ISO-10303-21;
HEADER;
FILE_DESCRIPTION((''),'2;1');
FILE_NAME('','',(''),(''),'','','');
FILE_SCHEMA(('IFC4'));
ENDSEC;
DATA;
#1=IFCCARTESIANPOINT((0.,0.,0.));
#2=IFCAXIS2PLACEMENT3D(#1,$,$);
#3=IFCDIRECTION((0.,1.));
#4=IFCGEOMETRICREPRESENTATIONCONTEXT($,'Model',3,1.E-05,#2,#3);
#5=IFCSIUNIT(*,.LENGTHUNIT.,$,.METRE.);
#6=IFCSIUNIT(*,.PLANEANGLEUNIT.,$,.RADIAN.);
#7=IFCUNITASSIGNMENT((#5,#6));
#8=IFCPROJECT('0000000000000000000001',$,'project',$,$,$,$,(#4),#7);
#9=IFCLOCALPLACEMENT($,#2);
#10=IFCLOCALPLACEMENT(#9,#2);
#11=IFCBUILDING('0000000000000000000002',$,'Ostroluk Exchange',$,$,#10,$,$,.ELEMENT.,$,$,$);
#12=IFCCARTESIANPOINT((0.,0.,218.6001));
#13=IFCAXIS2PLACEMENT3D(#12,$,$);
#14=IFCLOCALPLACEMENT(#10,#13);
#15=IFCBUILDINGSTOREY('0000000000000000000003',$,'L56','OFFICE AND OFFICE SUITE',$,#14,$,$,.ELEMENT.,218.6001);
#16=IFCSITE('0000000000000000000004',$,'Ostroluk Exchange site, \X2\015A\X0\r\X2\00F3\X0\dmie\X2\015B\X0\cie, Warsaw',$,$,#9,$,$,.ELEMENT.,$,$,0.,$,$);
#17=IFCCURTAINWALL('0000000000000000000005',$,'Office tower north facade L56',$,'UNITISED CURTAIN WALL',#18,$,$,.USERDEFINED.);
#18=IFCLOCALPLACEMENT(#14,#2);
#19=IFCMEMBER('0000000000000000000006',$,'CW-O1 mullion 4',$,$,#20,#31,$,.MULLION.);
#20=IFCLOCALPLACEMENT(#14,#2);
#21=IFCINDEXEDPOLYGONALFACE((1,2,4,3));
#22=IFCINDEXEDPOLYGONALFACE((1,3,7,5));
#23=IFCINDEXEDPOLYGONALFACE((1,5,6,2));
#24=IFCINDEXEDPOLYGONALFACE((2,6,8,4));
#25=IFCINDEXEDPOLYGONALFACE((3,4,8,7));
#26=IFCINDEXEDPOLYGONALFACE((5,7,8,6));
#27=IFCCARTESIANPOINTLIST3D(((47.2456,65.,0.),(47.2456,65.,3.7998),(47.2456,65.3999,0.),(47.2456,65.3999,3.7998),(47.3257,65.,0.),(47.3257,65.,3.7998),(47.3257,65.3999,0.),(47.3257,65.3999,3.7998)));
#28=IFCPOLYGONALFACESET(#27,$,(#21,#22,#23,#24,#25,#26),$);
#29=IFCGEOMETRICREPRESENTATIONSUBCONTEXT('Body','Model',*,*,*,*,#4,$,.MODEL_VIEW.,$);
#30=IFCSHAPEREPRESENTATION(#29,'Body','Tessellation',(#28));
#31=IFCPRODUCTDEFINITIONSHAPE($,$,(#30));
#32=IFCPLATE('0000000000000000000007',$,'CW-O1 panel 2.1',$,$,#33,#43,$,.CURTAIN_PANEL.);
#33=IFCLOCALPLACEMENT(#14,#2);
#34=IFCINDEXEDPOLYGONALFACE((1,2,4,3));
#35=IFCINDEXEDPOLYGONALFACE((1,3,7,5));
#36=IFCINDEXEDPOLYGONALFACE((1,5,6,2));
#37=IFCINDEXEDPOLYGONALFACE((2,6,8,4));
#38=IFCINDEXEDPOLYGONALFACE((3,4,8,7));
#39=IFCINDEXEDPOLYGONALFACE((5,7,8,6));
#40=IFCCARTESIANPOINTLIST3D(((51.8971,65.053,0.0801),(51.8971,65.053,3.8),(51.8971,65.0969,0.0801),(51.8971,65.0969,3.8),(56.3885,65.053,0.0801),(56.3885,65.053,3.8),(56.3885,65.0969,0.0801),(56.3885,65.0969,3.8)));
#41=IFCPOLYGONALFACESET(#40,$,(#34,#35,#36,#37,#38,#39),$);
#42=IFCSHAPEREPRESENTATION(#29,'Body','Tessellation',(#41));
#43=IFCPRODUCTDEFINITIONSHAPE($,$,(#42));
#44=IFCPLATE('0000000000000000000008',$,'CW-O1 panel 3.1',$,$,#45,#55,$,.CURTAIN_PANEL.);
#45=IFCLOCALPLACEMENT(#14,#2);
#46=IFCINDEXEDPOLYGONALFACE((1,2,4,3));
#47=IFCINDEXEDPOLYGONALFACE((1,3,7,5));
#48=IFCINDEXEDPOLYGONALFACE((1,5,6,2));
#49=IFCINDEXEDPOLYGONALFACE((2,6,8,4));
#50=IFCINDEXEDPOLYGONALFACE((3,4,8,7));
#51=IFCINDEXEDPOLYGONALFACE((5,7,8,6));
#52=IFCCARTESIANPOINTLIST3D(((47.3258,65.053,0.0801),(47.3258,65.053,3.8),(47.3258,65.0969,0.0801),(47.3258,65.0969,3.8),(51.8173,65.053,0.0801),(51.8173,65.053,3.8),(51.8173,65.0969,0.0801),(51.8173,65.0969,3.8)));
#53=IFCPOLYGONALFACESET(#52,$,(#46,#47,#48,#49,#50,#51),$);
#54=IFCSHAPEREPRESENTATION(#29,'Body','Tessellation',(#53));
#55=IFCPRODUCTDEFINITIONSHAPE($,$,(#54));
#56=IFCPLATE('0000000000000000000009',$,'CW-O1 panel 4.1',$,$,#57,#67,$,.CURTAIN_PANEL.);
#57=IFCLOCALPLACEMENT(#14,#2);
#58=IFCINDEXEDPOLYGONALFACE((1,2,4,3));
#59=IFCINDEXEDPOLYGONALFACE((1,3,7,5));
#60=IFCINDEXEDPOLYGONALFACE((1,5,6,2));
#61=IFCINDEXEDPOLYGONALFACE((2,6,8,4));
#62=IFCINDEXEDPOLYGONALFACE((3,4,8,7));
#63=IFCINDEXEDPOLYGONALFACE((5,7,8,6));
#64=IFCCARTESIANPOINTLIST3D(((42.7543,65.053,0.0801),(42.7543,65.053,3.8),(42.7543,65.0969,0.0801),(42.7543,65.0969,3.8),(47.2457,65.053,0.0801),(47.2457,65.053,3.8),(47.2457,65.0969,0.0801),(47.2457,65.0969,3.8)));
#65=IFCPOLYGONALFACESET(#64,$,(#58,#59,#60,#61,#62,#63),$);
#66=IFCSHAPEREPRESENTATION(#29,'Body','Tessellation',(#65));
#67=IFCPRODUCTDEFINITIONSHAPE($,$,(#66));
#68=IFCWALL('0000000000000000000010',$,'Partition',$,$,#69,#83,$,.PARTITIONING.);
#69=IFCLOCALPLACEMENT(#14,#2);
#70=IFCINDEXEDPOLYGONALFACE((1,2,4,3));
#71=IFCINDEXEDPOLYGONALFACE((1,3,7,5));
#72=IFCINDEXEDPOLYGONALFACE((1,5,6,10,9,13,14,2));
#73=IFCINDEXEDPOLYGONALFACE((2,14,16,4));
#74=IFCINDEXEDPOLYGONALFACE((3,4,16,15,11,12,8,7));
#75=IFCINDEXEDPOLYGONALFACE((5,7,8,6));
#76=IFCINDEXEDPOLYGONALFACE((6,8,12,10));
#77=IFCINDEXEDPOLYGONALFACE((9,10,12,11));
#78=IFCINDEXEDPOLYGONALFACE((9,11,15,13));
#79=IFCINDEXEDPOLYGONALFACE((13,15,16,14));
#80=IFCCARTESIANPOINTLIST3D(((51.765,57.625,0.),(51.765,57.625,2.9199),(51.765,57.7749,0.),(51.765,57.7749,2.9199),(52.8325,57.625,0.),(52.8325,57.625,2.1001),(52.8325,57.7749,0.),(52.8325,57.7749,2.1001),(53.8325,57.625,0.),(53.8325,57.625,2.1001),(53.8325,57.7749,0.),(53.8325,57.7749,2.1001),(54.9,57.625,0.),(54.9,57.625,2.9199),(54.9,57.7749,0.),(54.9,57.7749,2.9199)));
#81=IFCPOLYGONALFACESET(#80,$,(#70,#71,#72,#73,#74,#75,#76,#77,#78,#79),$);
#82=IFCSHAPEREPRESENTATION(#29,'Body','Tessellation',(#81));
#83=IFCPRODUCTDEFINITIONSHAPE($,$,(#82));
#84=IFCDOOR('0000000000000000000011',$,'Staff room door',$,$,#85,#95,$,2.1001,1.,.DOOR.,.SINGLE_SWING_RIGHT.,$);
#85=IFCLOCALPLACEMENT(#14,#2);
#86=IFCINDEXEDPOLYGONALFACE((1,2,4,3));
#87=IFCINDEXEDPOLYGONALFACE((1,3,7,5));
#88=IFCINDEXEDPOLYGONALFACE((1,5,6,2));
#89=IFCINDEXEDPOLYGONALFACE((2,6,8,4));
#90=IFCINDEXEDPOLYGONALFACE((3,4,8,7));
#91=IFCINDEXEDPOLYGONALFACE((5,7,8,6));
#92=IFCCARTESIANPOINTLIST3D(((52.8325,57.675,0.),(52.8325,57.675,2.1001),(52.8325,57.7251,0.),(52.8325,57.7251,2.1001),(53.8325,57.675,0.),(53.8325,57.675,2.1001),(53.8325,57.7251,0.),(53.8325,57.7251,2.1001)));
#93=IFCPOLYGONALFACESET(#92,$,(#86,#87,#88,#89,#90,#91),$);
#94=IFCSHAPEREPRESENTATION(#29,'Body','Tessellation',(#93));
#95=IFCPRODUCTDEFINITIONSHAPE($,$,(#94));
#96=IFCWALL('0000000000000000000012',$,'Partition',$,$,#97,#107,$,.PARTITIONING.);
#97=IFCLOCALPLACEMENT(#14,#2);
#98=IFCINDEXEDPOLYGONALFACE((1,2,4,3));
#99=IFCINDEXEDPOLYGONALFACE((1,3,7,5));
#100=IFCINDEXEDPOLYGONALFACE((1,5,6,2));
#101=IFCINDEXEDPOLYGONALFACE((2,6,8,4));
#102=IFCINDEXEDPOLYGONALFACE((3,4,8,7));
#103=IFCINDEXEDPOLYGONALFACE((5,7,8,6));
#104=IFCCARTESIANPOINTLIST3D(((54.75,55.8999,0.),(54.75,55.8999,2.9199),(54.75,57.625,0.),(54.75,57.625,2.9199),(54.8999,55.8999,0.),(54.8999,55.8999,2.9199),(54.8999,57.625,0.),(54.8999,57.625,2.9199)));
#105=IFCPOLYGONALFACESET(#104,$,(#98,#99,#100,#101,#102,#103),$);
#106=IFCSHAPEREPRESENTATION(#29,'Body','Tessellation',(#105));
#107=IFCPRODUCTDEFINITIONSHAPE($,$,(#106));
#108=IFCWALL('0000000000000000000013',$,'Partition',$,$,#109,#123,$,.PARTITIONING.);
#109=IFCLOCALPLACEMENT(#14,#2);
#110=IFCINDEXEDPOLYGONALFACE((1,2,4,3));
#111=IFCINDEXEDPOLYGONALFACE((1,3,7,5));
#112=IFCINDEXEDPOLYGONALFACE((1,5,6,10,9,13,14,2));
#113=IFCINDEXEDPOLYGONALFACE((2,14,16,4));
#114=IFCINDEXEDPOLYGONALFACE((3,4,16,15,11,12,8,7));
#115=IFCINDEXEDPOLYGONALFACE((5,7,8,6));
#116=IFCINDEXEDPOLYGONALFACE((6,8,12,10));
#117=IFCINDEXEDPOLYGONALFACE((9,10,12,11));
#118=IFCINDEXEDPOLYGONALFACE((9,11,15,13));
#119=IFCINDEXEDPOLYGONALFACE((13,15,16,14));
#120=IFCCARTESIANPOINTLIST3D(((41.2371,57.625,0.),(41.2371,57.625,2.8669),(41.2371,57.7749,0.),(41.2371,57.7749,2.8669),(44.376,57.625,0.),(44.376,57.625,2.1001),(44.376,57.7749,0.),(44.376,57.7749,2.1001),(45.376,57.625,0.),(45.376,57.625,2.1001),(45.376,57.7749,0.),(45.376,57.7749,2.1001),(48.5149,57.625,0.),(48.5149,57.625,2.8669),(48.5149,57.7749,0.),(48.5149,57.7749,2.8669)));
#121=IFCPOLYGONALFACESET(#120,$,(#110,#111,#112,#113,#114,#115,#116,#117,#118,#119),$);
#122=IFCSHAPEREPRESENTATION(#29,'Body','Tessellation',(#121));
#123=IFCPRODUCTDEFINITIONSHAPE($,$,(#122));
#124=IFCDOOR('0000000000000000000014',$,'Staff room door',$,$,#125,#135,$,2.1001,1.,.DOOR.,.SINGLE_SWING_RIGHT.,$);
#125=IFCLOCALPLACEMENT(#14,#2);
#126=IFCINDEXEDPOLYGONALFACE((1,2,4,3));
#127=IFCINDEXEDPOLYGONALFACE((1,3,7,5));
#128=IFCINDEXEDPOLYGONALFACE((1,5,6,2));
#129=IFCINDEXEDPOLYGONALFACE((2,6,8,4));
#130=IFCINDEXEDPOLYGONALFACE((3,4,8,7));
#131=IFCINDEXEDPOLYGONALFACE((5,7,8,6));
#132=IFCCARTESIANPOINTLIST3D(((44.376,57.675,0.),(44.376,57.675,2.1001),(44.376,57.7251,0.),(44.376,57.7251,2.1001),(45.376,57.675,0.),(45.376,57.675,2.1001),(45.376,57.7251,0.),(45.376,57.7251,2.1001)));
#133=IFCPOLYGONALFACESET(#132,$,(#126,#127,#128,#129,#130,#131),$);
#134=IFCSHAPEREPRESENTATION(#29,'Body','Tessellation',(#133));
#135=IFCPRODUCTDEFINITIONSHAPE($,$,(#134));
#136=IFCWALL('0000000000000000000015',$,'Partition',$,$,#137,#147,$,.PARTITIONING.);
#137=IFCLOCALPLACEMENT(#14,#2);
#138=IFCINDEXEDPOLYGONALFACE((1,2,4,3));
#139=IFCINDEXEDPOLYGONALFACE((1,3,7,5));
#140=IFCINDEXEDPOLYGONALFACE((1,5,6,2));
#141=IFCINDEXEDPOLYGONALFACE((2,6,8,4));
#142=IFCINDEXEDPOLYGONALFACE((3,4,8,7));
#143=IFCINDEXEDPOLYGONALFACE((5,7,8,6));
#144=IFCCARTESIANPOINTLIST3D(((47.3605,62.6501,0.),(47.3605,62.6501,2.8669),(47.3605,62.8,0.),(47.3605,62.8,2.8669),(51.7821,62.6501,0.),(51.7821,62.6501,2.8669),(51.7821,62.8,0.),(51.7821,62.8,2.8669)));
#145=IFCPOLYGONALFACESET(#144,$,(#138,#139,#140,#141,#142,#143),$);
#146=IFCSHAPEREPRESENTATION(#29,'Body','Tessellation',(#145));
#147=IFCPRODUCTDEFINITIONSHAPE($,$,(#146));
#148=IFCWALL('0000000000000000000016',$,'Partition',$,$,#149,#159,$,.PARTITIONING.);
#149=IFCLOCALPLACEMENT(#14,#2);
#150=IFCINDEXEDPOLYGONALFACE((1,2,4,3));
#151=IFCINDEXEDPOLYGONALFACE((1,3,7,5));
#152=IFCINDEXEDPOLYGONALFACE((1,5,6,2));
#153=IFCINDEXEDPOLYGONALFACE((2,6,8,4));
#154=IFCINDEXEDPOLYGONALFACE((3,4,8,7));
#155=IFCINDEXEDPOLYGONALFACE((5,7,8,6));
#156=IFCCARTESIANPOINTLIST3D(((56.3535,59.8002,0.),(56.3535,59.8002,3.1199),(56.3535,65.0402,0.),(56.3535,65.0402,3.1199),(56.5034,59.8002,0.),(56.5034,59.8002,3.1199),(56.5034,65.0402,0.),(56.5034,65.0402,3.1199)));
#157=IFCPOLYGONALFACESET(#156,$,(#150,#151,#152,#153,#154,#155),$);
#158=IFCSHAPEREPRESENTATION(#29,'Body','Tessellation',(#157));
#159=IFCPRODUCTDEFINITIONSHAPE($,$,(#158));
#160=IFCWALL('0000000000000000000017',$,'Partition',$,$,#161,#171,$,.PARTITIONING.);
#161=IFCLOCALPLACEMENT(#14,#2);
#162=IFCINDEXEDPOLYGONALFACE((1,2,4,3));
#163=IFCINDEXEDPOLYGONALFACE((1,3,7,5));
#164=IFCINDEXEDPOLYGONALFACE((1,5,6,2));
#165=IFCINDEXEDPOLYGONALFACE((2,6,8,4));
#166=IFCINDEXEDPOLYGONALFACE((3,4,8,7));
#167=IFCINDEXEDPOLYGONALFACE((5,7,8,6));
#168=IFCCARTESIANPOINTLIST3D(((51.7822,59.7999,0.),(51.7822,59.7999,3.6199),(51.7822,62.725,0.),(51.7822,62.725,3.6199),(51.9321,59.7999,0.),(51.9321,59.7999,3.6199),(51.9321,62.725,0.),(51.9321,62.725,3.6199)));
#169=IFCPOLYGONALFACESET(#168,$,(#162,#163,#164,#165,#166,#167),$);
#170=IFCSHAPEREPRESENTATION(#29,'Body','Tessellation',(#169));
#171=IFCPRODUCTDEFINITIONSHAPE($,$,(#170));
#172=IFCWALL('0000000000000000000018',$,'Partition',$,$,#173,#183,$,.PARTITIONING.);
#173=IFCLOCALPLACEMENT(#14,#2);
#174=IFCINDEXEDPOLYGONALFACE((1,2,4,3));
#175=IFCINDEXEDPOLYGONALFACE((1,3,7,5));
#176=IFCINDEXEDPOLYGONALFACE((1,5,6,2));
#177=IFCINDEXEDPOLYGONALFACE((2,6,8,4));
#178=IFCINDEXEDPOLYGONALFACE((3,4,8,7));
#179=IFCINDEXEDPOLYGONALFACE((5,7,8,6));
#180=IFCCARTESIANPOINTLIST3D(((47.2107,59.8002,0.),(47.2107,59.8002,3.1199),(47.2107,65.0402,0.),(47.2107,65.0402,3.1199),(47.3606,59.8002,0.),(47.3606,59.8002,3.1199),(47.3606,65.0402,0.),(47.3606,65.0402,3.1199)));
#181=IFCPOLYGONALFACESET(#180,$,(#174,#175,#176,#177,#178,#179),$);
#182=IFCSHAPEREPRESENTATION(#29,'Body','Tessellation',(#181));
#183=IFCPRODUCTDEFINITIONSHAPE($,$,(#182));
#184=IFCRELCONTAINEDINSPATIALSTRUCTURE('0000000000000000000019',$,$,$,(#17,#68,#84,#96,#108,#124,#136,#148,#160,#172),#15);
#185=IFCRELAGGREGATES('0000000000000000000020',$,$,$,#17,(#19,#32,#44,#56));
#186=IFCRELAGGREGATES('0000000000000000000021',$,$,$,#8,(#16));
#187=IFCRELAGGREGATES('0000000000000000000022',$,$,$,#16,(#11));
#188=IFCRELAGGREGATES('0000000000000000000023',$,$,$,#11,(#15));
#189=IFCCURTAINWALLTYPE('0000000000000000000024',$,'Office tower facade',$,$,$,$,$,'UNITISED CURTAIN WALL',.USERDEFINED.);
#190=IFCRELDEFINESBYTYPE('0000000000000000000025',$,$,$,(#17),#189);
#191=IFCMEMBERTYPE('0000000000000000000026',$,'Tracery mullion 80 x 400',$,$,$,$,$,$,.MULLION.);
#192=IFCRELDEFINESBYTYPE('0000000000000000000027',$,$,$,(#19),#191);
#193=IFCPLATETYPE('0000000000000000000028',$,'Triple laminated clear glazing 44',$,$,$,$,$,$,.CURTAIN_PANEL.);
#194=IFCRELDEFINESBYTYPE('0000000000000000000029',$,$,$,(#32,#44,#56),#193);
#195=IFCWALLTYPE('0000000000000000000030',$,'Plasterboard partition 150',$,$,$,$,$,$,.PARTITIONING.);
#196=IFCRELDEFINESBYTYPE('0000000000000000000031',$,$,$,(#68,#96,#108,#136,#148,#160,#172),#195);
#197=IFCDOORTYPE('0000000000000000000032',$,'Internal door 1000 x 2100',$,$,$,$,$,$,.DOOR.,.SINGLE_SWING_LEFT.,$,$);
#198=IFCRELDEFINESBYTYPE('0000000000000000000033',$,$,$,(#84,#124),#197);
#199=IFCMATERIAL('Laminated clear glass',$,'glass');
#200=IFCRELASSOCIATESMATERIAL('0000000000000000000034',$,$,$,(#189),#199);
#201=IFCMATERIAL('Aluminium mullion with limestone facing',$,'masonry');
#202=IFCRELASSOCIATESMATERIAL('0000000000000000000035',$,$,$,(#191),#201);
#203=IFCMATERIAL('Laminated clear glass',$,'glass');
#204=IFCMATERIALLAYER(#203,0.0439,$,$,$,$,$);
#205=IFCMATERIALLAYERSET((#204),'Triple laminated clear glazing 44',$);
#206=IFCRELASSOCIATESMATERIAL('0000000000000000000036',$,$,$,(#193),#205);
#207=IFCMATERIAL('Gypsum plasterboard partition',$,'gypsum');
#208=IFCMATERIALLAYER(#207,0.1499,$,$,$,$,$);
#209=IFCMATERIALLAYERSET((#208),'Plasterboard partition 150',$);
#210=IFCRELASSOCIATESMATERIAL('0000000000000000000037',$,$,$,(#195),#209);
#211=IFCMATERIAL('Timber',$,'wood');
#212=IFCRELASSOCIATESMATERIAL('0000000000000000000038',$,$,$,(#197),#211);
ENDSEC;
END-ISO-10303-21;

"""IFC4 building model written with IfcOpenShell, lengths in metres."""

from ifc_helpers import new_model, si_unit, direction, frame, frame_2d, origin, origin_2d, place, context, subcontext, project, spatial, rectangle, extrude, material, layer, layer_set, material_profile, profile_set, type_object, element, fill, aggregate, save


model = new_model("IFC4")

# Units and contexts
model_context = context("Model", 3, precision=1e-05, world=origin(), true_north=direction((0.0, 1.0)))
body_context = subcontext(model_context, "Body", "Model", "MODEL_VIEW")
ifc_project = project(units=[si_unit("LENGTHUNIT", "METRE"), si_unit("PLANEANGLEUNIT", "RADIAN")], contexts=[model_context])

# Site, building, storey
site_placement = place(None, origin())
site = spatial("IfcSite", under=ifc_project, at=site_placement, Name="Ostroluk Exchange site, Śródmieście, Warsaw", CompositionType="ELEMENT", RefElevation=0.0)
building_placement = place(site_placement, origin())
building = spatial("IfcBuilding", under=site, at=building_placement, Name="Ostroluk Exchange", CompositionType="ELEMENT")
storey_placement = place(building_placement, frame((0.0, 0.0, 218.6001)))
storey = spatial("IfcBuildingStorey", under=building, at=storey_placement, Name="L56", Description="OFFICE AND OFFICE SUITE", CompositionType="ELEMENT", Elevation=218.6001)

# Curtain wall, member, plates
ifc_material_1 = material(Name="Laminated clear glass", Category="glass")
curtain_wall_type = type_object("IfcCurtainWallType", Name="Office tower facade", ElementType="UNITISED CURTAIN WALL", PredefinedType="USERDEFINED", material=ifc_material_1)
curtain_wall_placement = place(storey_placement, origin())
curtain_wall = element("IfcCurtainWall", 1, at=curtain_wall_placement, inside=storey, type_object=curtain_wall_type, Name="Office tower north facade L56", ObjectType="UNITISED CURTAIN WALL", PredefinedType="USERDEFINED")
ifc_material_2 = material(Name="Aluminium mullion with limestone facing", Category="masonry")
ifc_material_profile_1 = material_profile(ifc_material_2, rectangle(XDim=0.3999, YDim=0.0801, at=origin_2d()), Name="Tracery mullion 80 x 400")
ifc_profile_set_1 = profile_set([ifc_material_profile_1], Name="Aluminium mullion with limestone facing")
member_type_1 = type_object("IfcMemberType", Name="Tracery mullion 80 x 400", PredefinedType="MULLION", material=ifc_profile_set_1)
member_1_placement = place(storey_placement, frame((47.2856, 65.2, 0.0), z_axis=(0.0, 0.0, 1.0), x_axis=(0.0, -1.0, 0.0)))
member_1 = element("IfcMember", 2, at=member_1_placement, type_object=member_type_1, Name="CW-O1 mullion 4", PredefinedType="MULLION", context=body_context, shape_type="SweptSolid", body=[
    extrude(rectangle(XDim=0.3999, YDim=0.0801, at=origin_2d()), origin(), (0.0, 0.0, 1.0), 3.7998),
])
ifc_material_3 = material(Name="Laminated clear glass", Category="glass")
ifc_layer_1 = layer(ifc_material_3, 0.0439)
ifc_layer_set_1 = layer_set([ifc_layer_1], Name="Triple laminated clear glazing 44")
plate_type = type_object("IfcPlateType", Name="Triple laminated clear glazing 44", PredefinedType="CURTAIN_PANEL", material=ifc_layer_set_1)
plate_1_placement = place(storey_placement, frame((54.1428, 65.075, 0.0801), z_axis=(0.0, 0.0, 1.0), x_axis=(-1.0, 0.0, 0.0)))
plate_1 = element("IfcPlate", 3, at=plate_1_placement, type_object=plate_type, Name="CW-O1 panel 2.1", PredefinedType="CURTAIN_PANEL", context=body_context, shape_type="SweptSolid", body=[
    extrude(rectangle(XDim=4.4915, YDim=0.0439, at=origin_2d()), origin(), (0.0, 0.0, 1.0), 3.72),
])
plate_2_placement = place(storey_placement, frame((49.5715, 65.075, 0.0801), z_axis=(0.0, 0.0, 1.0), x_axis=(-1.0, 0.0, 0.0)))
plate_2 = element("IfcPlate", 4, at=plate_2_placement, type_object=plate_type, Name="CW-O1 panel 3.1", PredefinedType="CURTAIN_PANEL", context=body_context, shape_type="SweptSolid", body=[
    extrude(rectangle(XDim=4.4915, YDim=0.0439, at=origin_2d()), origin(), (0.0, 0.0, 1.0), 3.72),
])
plate_3_placement = place(storey_placement, frame((45.0, 65.075, 0.0801), z_axis=(0.0, 0.0, 1.0), x_axis=(-1.0, 0.0, 0.0)))
plate_3 = element("IfcPlate", 5, at=plate_3_placement, type_object=plate_type, Name="CW-O1 panel 4.1", PredefinedType="CURTAIN_PANEL", context=body_context, shape_type="SweptSolid", body=[
    extrude(rectangle(XDim=4.4915, YDim=0.0439, at=origin_2d()), origin(), (0.0, 0.0, 1.0), 3.72),
])
aggregate(curtain_wall, [member_1, plate_1, plate_2, plate_3])

# Wall, opening, door
ifc_material_4 = material(Name="Gypsum plasterboard partition", Category="gypsum")
ifc_layer_2 = layer(ifc_material_4, 0.1499)
ifc_layer_set_2 = layer_set([ifc_layer_2], Name="Plasterboard partition 150")
wall_type = type_object("IfcWallType", Name="Plasterboard partition 150", PredefinedType="PARTITIONING", material=ifc_layer_set_2)
wall_1_placement = place(storey_placement, frame((54.8999, 57.7, 0.0), z_axis=(0.0, 0.0, 1.0), x_axis=(-1.0, 0.0, 0.0)))
wall_1 = element("IfcWall", 6, at=wall_1_placement, inside=storey, type_object=wall_type, Name="Partition", PredefinedType="PARTITIONING", context=body_context, shape_type="SweptSolid", body=[
    extrude(rectangle(XDim=3.135, YDim=0.1499, at=frame_2d((1.5674, 0.0))), origin(), (0.0, 0.0, 1.0), 2.9199),
])
opening_1_placement = place(wall_1_placement, frame((1.0674, 0.0, 0.0)))
opening_1 = element("IfcOpeningElement", 7, at=opening_1_placement, cuts=wall_1, PredefinedType="OPENING", context=body_context, shape_type="SweptSolid", body=[
    extrude(rectangle(XDim=1.0, YDim=2.1001, at=frame_2d((0.5, 1.05))), frame((0.0, 0.085, 0.0), z_axis=(0.0, -1.0, 0.0), x_axis=(1.0, 0.0, 0.0)), (0.0, 0.0, 1.0), 0.1699),
])
ifc_material_5 = material(Name="Timber", Category="wood")
door_type = type_object("IfcDoorType", Name="Internal door 1000 x 2100", OperationType="SINGLE_SWING_LEFT", PredefinedType="DOOR", material=ifc_material_5)
door_1_placement = place(opening_1_placement, origin())
door_1 = element("IfcDoor", 8, at=door_1_placement, inside=storey, type_object=door_type, Name="Staff room door", OperationType="SINGLE_SWING_RIGHT", OverallHeight=2.1001, OverallWidth=1.0, PredefinedType="DOOR", context=body_context, shape_type="SweptSolid", body=[
    extrude(rectangle(XDim=1.0, YDim=2.1001, at=frame_2d((0.5, 1.05))), frame((0.0, 0.0249, 0.0), z_axis=(0.0, -1.0, 0.0), x_axis=(1.0, 0.0, 0.0)), (0.0, 0.0, 1.0), 0.05),
])
fill(opening_1, door_1)

# Wall
wall_2_placement = place(storey_placement, frame((54.825, 55.8999, 0.0), z_axis=(0.0, 0.0, 1.0), x_axis=(0.0, 1.0, 0.0)))
element("IfcWall", 9, at=wall_2_placement, inside=storey, type_object=wall_type, Name="Partition", PredefinedType="PARTITIONING", context=body_context, shape_type="SweptSolid", body=[
    extrude(rectangle(XDim=1.7251, YDim=0.1499, at=frame_2d((0.8625, 0.0))), origin(), (0.0, 0.0, 1.0), 2.9199),
])

# Wall, opening, door
wall_3_placement = place(storey_placement, frame((48.5149, 57.7, 0.0), z_axis=(0.0, 0.0, 1.0), x_axis=(-1.0, 0.0, 0.0)))
wall_3 = element("IfcWall", 10, at=wall_3_placement, inside=storey, type_object=wall_type, Name="Partition", PredefinedType="PARTITIONING", context=body_context, shape_type="SweptSolid", body=[
    extrude(rectangle(XDim=7.2778, YDim=0.1499, at=frame_2d((3.6389, 0.0))), origin(), (0.0, 0.0, 1.0), 2.8669),
])
opening_2_placement = place(wall_3_placement, frame((3.1389, 0.0, 0.0)))
opening_2 = element("IfcOpeningElement", 11, at=opening_2_placement, cuts=wall_3, PredefinedType="OPENING", context=body_context, shape_type="SweptSolid", body=[
    extrude(rectangle(XDim=1.0, YDim=2.1001, at=frame_2d((0.5, 1.05))), frame((0.0, 0.085, 0.0), z_axis=(0.0, -1.0, 0.0), x_axis=(1.0, 0.0, 0.0)), (0.0, 0.0, 1.0), 0.1699),
])
door_2_placement = place(opening_2_placement, origin())
door_2 = element("IfcDoor", 12, at=door_2_placement, inside=storey, type_object=door_type, Name="Staff room door", OperationType="SINGLE_SWING_RIGHT", OverallHeight=2.1001, OverallWidth=1.0, PredefinedType="DOOR", context=body_context, shape_type="SweptSolid", body=[
    extrude(rectangle(XDim=1.0, YDim=2.1001, at=frame_2d((0.5, 1.05))), frame((0.0, 0.0249, 0.0), z_axis=(0.0, -1.0, 0.0), x_axis=(1.0, 0.0, 0.0)), (0.0, 0.0, 1.0), 0.05),
])
fill(opening_2, door_2)

# Walls
wall_4_placement = place(storey_placement, frame((51.7822, 62.7251, 0.0), z_axis=(0.0, 0.0, 1.0), x_axis=(-1.0, 0.0, 0.0)))
element("IfcWall", 13, at=wall_4_placement, inside=storey, type_object=wall_type, Name="Partition", PredefinedType="PARTITIONING", context=body_context, shape_type="SweptSolid", body=[
    extrude(rectangle(XDim=4.4216, YDim=0.1499, at=frame_2d((2.2109, 0.0))), origin(), (0.0, 0.0, 1.0), 2.8669),
])
wall_5_placement = place(storey_placement, frame((56.4285, 59.8, 0.0), z_axis=(0.0, 0.0, 1.0), x_axis=(0.0, 1.0, 0.0)))
element("IfcWall", 14, at=wall_5_placement, inside=storey, type_object=wall_type, Name="Partition", PredefinedType="PARTITIONING", context=body_context, shape_type="SweptSolid", body=[
    extrude(rectangle(XDim=5.24, YDim=0.1499, at=frame_2d((2.6201, 0.0))), origin(), (0.0, 0.0, 1.0), 3.1199),
])
wall_6_placement = place(storey_placement, frame((51.8572, 59.8, 0.0), z_axis=(0.0, 0.0, 1.0), x_axis=(0.0, 1.0, 0.0)))
element("IfcWall", 15, at=wall_6_placement, inside=storey, type_object=wall_type, Name="Partition", PredefinedType="PARTITIONING", context=body_context, shape_type="SweptSolid", body=[
    extrude(rectangle(XDim=2.925, YDim=0.1499, at=frame_2d((1.4624, 0.0))), origin(), (0.0, 0.0, 1.0), 3.6199),
])
wall_7_placement = place(storey_placement, frame((47.2856, 59.8, 0.0), z_axis=(0.0, 0.0, 1.0), x_axis=(0.0, 1.0, 0.0)))
element("IfcWall", 16, at=wall_7_placement, inside=storey, type_object=wall_type, Name="Partition", PredefinedType="PARTITIONING", context=body_context, shape_type="SweptSolid", body=[
    extrude(rectangle(XDim=5.24, YDim=0.1499, at=frame_2d((2.6201, 0.0))), origin(), (0.0, 0.0, 1.0), 3.1199),
])

save(model, "model.ifc")
